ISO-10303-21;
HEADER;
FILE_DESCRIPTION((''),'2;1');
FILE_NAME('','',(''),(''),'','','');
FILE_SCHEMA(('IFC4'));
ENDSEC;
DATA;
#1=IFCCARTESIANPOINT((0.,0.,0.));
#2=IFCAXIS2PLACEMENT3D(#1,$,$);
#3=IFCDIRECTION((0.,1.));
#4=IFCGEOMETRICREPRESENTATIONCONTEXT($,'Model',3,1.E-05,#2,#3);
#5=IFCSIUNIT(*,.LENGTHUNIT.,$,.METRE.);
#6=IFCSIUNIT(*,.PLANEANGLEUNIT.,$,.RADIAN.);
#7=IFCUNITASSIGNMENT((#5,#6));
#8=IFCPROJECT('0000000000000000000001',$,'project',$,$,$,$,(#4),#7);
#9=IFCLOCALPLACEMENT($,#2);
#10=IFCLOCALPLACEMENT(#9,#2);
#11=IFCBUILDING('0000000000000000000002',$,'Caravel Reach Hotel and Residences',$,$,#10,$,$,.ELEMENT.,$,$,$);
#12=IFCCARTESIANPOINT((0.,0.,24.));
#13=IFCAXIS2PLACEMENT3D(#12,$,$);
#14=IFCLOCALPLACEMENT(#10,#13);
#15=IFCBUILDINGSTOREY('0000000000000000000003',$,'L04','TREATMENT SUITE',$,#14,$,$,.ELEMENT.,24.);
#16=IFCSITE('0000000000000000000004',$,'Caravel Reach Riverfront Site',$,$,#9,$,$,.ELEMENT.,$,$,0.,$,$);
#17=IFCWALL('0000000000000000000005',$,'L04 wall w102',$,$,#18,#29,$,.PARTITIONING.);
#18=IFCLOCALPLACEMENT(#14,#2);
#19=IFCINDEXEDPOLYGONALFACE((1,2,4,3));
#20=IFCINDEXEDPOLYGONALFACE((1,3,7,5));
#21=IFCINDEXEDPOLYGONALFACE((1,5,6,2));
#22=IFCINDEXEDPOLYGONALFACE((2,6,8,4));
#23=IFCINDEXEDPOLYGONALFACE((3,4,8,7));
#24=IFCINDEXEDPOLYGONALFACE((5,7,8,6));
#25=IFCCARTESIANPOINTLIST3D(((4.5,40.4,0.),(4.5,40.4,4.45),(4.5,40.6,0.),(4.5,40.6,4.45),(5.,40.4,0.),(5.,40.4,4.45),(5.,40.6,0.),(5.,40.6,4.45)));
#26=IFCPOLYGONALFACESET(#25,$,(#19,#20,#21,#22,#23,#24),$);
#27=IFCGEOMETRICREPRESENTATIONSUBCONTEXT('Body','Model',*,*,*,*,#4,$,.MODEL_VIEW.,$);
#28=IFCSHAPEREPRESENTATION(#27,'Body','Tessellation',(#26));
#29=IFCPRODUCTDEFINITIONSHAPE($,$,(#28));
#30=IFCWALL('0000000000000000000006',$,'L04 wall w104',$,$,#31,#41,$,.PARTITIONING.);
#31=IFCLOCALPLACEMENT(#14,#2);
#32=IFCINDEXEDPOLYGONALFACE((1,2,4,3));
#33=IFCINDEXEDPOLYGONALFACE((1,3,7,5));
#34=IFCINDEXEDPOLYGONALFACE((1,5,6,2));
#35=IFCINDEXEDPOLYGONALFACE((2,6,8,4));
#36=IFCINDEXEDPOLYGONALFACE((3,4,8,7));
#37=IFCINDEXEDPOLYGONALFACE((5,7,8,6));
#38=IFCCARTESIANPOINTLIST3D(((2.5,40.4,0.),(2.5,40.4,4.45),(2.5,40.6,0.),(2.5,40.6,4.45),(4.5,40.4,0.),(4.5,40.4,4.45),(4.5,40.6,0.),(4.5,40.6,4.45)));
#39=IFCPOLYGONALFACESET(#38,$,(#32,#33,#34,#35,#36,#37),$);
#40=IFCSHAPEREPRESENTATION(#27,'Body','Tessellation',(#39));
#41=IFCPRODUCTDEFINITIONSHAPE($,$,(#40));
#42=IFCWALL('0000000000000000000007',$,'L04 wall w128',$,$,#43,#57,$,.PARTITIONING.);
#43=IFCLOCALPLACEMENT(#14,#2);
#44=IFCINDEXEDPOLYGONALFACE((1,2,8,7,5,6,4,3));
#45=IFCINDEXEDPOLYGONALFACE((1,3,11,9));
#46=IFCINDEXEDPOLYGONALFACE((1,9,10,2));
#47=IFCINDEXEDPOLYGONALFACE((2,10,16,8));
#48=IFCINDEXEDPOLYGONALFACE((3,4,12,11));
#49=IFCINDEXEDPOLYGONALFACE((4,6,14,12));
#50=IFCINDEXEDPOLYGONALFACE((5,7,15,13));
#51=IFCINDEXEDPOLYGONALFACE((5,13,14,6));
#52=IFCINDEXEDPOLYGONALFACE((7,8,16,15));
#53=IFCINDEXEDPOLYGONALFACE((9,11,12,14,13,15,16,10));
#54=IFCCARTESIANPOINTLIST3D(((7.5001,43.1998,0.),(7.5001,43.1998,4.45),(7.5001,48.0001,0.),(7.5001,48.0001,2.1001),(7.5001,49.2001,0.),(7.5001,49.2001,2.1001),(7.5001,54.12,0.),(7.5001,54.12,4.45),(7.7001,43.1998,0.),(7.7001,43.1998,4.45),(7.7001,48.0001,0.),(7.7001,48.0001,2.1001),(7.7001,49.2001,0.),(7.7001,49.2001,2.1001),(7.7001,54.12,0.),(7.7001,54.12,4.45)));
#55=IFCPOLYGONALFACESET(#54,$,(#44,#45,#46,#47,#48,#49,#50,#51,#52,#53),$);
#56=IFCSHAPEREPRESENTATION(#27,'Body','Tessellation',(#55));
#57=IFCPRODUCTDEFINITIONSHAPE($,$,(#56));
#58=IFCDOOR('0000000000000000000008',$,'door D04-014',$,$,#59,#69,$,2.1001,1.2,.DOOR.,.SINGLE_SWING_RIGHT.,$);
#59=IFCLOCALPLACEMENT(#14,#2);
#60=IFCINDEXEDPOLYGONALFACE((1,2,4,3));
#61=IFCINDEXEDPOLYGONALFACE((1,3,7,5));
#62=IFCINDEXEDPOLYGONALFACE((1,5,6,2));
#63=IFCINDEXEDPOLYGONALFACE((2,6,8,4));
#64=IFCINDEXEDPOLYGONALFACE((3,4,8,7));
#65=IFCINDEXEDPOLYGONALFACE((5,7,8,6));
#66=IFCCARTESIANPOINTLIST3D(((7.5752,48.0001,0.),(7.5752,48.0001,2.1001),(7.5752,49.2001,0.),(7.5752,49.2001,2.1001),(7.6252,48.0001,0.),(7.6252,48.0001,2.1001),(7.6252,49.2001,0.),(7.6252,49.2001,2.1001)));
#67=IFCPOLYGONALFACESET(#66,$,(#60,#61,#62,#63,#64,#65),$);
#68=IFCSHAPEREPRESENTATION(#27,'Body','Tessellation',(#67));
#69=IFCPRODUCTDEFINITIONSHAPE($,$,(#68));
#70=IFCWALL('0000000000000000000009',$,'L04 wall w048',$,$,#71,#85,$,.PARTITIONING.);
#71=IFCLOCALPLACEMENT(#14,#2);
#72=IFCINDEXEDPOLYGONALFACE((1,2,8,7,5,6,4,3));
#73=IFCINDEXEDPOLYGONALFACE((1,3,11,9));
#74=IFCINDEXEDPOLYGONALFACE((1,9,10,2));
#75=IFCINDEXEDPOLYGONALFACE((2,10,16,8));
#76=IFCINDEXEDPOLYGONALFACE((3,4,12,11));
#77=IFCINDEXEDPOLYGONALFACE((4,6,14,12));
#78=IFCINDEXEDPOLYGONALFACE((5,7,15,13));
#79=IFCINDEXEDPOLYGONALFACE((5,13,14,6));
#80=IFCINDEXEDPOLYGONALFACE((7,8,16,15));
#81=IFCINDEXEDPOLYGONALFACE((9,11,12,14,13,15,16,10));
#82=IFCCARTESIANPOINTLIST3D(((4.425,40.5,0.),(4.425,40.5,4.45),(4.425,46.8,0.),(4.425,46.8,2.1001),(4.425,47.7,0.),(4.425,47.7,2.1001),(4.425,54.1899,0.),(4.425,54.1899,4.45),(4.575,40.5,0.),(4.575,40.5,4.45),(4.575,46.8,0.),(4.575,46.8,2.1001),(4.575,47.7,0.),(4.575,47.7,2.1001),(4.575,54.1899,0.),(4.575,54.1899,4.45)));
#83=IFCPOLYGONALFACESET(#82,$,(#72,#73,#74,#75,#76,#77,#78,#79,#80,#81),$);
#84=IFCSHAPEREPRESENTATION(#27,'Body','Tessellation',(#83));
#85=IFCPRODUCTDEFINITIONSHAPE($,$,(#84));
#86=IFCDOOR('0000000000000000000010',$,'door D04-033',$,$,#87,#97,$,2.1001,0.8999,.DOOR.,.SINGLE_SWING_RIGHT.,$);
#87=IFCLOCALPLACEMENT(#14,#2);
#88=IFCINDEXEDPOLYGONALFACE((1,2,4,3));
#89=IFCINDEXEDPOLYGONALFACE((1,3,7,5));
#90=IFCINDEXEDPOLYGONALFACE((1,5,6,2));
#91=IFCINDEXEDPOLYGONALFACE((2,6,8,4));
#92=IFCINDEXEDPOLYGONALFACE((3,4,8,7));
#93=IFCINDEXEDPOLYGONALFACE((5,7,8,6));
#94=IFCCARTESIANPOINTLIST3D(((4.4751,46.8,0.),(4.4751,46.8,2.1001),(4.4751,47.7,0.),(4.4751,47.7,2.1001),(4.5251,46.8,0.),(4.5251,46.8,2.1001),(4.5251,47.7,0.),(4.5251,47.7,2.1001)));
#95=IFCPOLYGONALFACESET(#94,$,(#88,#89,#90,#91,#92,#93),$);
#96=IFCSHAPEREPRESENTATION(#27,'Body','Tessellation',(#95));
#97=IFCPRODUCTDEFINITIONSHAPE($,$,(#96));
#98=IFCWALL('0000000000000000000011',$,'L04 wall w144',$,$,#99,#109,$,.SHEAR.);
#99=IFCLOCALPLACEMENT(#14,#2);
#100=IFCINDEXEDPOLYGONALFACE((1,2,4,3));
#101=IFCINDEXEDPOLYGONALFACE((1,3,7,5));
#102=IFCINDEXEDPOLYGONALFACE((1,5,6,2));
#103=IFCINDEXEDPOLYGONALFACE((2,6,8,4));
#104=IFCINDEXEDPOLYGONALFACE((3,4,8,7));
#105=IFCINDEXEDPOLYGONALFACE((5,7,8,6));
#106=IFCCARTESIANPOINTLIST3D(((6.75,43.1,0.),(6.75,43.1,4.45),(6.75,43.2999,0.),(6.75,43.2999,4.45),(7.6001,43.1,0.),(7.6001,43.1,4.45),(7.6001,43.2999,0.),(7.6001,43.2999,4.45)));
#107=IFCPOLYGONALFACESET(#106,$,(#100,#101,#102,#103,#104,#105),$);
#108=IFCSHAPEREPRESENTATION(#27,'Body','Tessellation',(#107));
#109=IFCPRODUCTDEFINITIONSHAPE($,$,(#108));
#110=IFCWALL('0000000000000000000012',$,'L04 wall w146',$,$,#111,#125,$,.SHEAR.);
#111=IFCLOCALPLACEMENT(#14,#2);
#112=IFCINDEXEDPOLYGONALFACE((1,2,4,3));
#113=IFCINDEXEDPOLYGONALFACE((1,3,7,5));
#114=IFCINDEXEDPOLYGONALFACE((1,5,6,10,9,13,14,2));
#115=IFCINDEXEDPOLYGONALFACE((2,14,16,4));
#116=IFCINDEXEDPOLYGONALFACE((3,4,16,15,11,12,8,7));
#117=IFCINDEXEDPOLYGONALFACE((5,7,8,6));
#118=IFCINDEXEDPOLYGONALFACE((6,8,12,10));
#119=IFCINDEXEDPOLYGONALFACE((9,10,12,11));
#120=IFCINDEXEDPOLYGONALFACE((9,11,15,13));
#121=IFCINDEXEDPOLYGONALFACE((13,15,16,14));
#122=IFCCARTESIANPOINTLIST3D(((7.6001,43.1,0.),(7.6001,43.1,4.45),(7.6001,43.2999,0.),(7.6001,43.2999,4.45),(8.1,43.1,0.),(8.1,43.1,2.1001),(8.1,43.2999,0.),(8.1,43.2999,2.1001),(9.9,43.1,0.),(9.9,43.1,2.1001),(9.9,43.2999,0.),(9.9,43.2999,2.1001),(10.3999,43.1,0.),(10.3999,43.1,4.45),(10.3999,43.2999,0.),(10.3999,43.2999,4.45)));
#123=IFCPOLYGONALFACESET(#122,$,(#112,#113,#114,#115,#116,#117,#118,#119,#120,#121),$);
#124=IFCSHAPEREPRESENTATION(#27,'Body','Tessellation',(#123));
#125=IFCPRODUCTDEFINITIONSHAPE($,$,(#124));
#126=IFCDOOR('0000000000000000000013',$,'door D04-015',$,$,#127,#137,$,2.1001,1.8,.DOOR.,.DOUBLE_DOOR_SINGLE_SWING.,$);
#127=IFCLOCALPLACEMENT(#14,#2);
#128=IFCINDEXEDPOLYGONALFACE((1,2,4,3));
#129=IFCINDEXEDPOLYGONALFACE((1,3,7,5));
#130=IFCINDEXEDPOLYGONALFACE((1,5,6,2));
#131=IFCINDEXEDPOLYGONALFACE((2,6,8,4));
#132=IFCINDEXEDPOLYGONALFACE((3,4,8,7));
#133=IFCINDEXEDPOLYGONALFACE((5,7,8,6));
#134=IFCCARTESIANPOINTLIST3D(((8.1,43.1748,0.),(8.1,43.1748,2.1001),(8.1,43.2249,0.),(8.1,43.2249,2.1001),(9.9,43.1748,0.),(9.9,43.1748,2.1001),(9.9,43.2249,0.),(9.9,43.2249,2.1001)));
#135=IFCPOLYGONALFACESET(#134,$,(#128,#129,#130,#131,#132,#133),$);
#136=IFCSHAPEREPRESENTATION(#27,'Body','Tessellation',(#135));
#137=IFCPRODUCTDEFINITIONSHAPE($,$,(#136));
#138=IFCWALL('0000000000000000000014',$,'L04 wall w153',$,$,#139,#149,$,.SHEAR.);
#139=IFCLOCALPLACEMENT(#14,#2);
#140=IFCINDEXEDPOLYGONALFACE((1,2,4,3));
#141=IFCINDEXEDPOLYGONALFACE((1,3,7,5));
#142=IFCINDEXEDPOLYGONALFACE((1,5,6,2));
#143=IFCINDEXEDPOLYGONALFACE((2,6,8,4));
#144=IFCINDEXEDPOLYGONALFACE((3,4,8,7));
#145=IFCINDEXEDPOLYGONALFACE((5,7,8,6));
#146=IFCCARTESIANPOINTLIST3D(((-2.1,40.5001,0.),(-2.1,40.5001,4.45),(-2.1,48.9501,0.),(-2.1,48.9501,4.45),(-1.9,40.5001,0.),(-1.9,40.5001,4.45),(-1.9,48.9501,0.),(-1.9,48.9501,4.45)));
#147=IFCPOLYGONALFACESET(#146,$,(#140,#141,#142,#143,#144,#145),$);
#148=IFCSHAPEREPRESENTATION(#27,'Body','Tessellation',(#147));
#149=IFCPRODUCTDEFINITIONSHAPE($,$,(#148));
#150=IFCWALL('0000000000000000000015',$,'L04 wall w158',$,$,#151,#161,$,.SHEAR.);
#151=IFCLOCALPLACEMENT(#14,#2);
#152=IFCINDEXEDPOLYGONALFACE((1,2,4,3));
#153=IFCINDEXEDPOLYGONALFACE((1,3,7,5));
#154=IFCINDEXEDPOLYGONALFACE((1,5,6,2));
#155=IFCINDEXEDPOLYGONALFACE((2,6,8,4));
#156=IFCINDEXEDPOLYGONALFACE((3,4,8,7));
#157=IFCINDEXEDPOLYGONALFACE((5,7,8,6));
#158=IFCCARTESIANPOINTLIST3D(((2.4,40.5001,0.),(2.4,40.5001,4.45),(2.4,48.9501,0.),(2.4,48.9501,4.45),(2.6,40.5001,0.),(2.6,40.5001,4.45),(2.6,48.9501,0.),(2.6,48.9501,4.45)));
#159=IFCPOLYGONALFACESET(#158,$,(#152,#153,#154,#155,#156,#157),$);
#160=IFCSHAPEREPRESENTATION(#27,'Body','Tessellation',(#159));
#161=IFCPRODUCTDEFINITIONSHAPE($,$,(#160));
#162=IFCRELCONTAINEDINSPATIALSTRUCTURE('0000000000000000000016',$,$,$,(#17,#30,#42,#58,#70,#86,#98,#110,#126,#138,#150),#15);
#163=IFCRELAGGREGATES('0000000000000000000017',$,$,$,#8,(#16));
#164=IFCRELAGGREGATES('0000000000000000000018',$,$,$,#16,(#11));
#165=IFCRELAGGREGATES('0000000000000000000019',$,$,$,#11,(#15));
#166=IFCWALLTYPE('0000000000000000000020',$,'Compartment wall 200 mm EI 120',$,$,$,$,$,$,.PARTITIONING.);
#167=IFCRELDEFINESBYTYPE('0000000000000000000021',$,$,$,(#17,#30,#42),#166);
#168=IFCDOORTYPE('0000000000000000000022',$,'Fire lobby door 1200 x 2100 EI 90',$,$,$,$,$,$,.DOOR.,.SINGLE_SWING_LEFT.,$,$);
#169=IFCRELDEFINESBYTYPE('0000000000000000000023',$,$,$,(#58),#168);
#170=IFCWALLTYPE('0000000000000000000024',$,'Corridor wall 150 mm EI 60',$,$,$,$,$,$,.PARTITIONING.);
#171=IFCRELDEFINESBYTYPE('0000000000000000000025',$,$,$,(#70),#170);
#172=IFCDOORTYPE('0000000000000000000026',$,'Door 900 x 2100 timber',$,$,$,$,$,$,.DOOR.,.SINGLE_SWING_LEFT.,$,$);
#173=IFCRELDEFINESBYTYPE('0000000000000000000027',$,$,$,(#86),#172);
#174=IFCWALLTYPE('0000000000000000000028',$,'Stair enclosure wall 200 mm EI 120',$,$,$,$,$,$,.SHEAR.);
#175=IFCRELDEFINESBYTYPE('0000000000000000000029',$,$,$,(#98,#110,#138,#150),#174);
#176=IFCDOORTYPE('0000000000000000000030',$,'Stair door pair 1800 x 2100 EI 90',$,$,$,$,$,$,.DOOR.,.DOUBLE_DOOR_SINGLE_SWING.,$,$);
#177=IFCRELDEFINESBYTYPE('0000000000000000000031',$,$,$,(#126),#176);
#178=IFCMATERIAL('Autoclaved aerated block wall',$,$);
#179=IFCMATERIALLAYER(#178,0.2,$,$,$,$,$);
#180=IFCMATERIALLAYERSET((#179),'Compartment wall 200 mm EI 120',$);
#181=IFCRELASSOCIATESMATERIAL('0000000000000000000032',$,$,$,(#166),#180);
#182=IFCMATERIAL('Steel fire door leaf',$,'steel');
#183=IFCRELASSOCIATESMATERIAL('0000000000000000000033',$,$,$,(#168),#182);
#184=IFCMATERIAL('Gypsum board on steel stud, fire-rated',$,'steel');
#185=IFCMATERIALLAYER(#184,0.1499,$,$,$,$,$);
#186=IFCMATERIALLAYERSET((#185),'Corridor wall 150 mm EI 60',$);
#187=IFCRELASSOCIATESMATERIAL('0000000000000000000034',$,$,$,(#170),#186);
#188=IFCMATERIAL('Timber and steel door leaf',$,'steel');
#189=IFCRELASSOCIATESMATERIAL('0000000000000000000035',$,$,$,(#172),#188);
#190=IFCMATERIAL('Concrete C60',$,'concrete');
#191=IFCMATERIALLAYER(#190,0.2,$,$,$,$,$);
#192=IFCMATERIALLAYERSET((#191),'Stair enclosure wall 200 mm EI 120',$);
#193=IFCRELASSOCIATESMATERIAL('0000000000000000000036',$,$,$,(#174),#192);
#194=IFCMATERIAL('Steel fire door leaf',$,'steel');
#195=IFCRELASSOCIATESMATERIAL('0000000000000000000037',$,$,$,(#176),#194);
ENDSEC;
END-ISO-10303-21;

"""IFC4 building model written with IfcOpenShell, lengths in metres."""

from ifc_helpers import new_model, si_unit, direction, frame, frame_2d, origin, place, context, subcontext, project, spatial, rectangle, extrude, material, layer, layer_set, type_object, element, fill, save


model = new_model("IFC4")

# Units and contexts
model_context = context("Model", 3, precision=1e-05, world=origin(), true_north=direction((0.0, 1.0)))
body_context = subcontext(model_context, "Body", "Model", "MODEL_VIEW")
ifc_project = project(units=[si_unit("LENGTHUNIT", "METRE"), si_unit("PLANEANGLEUNIT", "RADIAN")], contexts=[model_context])

# Site, building, storey
site_placement = place(None, origin())
site = spatial("IfcSite", under=ifc_project, at=site_placement, Name="Caravel Reach Riverfront Site", CompositionType="ELEMENT", RefElevation=0.0)
building_placement = place(site_placement, origin())
building = spatial("IfcBuilding", under=site, at=building_placement, Name="Caravel Reach Hotel and Residences", CompositionType="ELEMENT")
storey_placement = place(building_placement, frame((0.0, 0.0, 24.0)))
storey = spatial("IfcBuildingStorey", under=building, at=storey_placement, Name="L04", Description="TREATMENT SUITE", CompositionType="ELEMENT", Elevation=24.0)

# Walls
ifc_material_1 = material(Name="Autoclaved aerated block wall")
ifc_layer_1 = layer(ifc_material_1, 0.2)
ifc_layer_set_1 = layer_set([ifc_layer_1], Name="Compartment wall 200 mm EI 120")
wall_type_1 = type_object("IfcWallType", Name="Compartment wall 200 mm EI 120", PredefinedType="PARTITIONING", material=ifc_layer_set_1)
wall_1_placement = place(storey_placement, frame((4.5, 40.5, 0.0), z_axis=(0.0, 0.0, 1.0), x_axis=(1.0, 0.0, 0.0)))
element("IfcWall", 1, at=wall_1_placement, inside=storey, type_object=wall_type_1, Name="L04 wall w102", PredefinedType="PARTITIONING", context=body_context, shape_type="SweptSolid", body=[
    extrude(rectangle(XDim=0.5, YDim=0.2, at=frame_2d((0.25, 0.0))), origin(), (0.0, 0.0, 1.0), 4.45),
])
wall_2_placement = place(storey_placement, frame((2.5, 40.5, 0.0), z_axis=(0.0, 0.0, 1.0), x_axis=(1.0, 0.0, 0.0)))
element("IfcWall", 2, at=wall_2_placement, inside=storey, type_object=wall_type_1, Name="L04 wall w104", PredefinedType="PARTITIONING", context=body_context, shape_type="SweptSolid", body=[
    extrude(rectangle(XDim=2.0, YDim=0.2, at=frame_2d((1.0, 0.0))), origin(), (0.0, 0.0, 1.0), 4.45),
])

# Walls, openings, doors
wall_3_placement = place(storey_placement, frame((7.6001, 43.2, 0.0), z_axis=(0.0, 0.0, 1.0), x_axis=(0.0, 1.0, 0.0)))
wall_3 = element("IfcWall", 3, at=wall_3_placement, inside=storey, type_object=wall_type_1, Name="L04 wall w128", PredefinedType="PARTITIONING", context=body_context, shape_type="SweptSolid", body=[
    extrude(rectangle(XDim=10.9202, YDim=0.2, at=frame_2d((5.46, 0.0))), origin(), (0.0, 0.0, 1.0), 4.45),
])
opening_1_placement = place(wall_3_placement, frame((4.8, 0.0, 0.0)))
opening_1 = element("IfcOpeningElement", 4, at=opening_1_placement, cuts=wall_3, PredefinedType="OPENING", context=body_context, shape_type="SweptSolid", body=[
    extrude(rectangle(XDim=1.2, YDim=2.1001, at=frame_2d((0.6001, 1.05))), frame((0.0, 0.1099, 0.0), z_axis=(0.0, -1.0, 0.0), x_axis=(1.0, 0.0, 0.0)), (0.0, 0.0, 1.0), 0.22),
])
ifc_material_2 = material(Name="Steel fire door leaf", Category="steel")
door_type_1 = type_object("IfcDoorType", Name="Fire lobby door 1200 x 2100 EI 90", OperationType="SINGLE_SWING_LEFT", PredefinedType="DOOR", material=ifc_material_2)
door_1_placement = place(opening_1_placement, origin())
door_1 = element("IfcDoor", 5, at=door_1_placement, inside=storey, type_object=door_type_1, Name="door D04-014", OperationType="SINGLE_SWING_RIGHT", OverallHeight=2.1001, OverallWidth=1.2, PredefinedType="DOOR", context=body_context, shape_type="SweptSolid", body=[
    extrude(rectangle(XDim=1.2, YDim=2.1001, at=frame_2d((0.6001, 1.05))), frame((0.0, 0.0249, 0.0), z_axis=(0.0, -1.0, 0.0), x_axis=(1.0, 0.0, 0.0)), (0.0, 0.0, 1.0), 0.05),
])
fill(opening_1, door_1)
ifc_material_3 = material(Name="Gypsum board on steel stud, fire-rated", Category="steel")
ifc_layer_2 = layer(ifc_material_3, 0.1499)
ifc_layer_set_2 = layer_set([ifc_layer_2], Name="Corridor wall 150 mm EI 60")
wall_type_2 = type_object("IfcWallType", Name="Corridor wall 150 mm EI 60", PredefinedType="PARTITIONING", material=ifc_layer_set_2)
wall_4_placement = place(storey_placement, frame((4.5, 40.5, 0.0), z_axis=(0.0, 0.0, 1.0), x_axis=(0.0, 1.0, 0.0)))
wall_4 = element("IfcWall", 6, at=wall_4_placement, inside=storey, type_object=wall_type_2, Name="L04 wall w048", PredefinedType="PARTITIONING", context=body_context, shape_type="SweptSolid", body=[
    extrude(rectangle(XDim=13.6899, YDim=0.1499, at=frame_2d((6.845, 0.0))), origin(), (0.0, 0.0, 1.0), 4.45),
])
opening_2_placement = place(wall_4_placement, frame((6.3, 0.0, 0.0)))
opening_2 = element("IfcOpeningElement", 7, at=opening_2_placement, cuts=wall_4, PredefinedType="OPENING", context=body_context, shape_type="SweptSolid", body=[
    extrude(rectangle(XDim=0.8999, YDim=2.1001, at=frame_2d((0.45, 1.05))), frame((0.0, 0.085, 0.0), z_axis=(0.0, -1.0, 0.0), x_axis=(1.0, 0.0, 0.0)), (0.0, 0.0, 1.0), 0.1699),
])
ifc_material_4 = material(Name="Timber and steel door leaf", Category="steel")
door_type_2 = type_object("IfcDoorType", Name="Door 900 x 2100 timber", OperationType="SINGLE_SWING_LEFT", PredefinedType="DOOR", material=ifc_material_4)
door_2_placement = place(opening_2_placement, origin())
door_2 = element("IfcDoor", 8, at=door_2_placement, inside=storey, type_object=door_type_2, Name="door D04-033", OperationType="SINGLE_SWING_RIGHT", OverallHeight=2.1001, OverallWidth=0.8999, PredefinedType="DOOR", context=body_context, shape_type="SweptSolid", body=[
    extrude(rectangle(XDim=0.8999, YDim=2.1001, at=frame_2d((0.45, 1.05))), frame((0.0, 0.0249, 0.0), z_axis=(0.0, -1.0, 0.0), x_axis=(1.0, 0.0, 0.0)), (0.0, 0.0, 1.0), 0.05),
])
fill(opening_2, door_2)

# Wall
ifc_material_5 = material(Name="Concrete C60", Category="concrete")
ifc_layer_3 = layer(ifc_material_5, 0.2)
ifc_layer_set_3 = layer_set([ifc_layer_3], Name="Stair enclosure wall 200 mm EI 120")
wall_type_3 = type_object("IfcWallType", Name="Stair enclosure wall 200 mm EI 120", PredefinedType="SHEAR", material=ifc_layer_set_3)
wall_5_placement = place(storey_placement, frame((6.75, 43.2, 0.0), z_axis=(0.0, 0.0, 1.0), x_axis=(1.0, 0.0, 0.0)))
element("IfcWall", 9, at=wall_5_placement, inside=storey, type_object=wall_type_3, Name="L04 wall w144", PredefinedType="SHEAR", context=body_context, shape_type="SweptSolid", body=[
    extrude(rectangle(XDim=0.8501, YDim=0.2, at=frame_2d((0.425, 0.0))), origin(), (0.0, 0.0, 1.0), 4.45),
])

# Wall, opening, door
wall_6_placement = place(storey_placement, frame((7.6001, 43.2, 0.0), z_axis=(0.0, 0.0, 1.0), x_axis=(1.0, 0.0, 0.0)))
wall_6 = element("IfcWall", 10, at=wall_6_placement, inside=storey, type_object=wall_type_3, Name="L04 wall w146", PredefinedType="SHEAR", context=body_context, shape_type="SweptSolid", body=[
    extrude(rectangle(XDim=2.7998, YDim=0.2, at=frame_2d((1.3999, 0.0))), origin(), (0.0, 0.0, 1.0), 4.45),
])
opening_3_placement = place(wall_6_placement, frame((0.5, 0.0, 0.0)))
opening_3 = element("IfcOpeningElement", 11, at=opening_3_placement, cuts=wall_6, PredefinedType="OPENING", context=body_context, shape_type="SweptSolid", body=[
    extrude(rectangle(XDim=1.8, YDim=2.1001, at=frame_2d((0.8999, 1.05))), frame((0.0, 0.1099, 0.0), z_axis=(0.0, -1.0, 0.0), x_axis=(1.0, 0.0, 0.0)), (0.0, 0.0, 1.0), 0.22),
])
ifc_material_6 = material(Name="Steel fire door leaf", Category="steel")
door_type_3 = type_object("IfcDoorType", Name="Stair door pair 1800 x 2100 EI 90", OperationType="DOUBLE_DOOR_SINGLE_SWING", PredefinedType="DOOR", material=ifc_material_6)
door_3_placement = place(opening_3_placement, origin())
door_3 = element("IfcDoor", 12, at=door_3_placement, inside=storey, type_object=door_type_3, Name="door D04-015", OperationType="DOUBLE_DOOR_SINGLE_SWING", OverallHeight=2.1001, OverallWidth=1.8, PredefinedType="DOOR", context=body_context, shape_type="SweptSolid", body=[
    extrude(rectangle(XDim=1.8, YDim=2.1001, at=frame_2d((0.8999, 1.05))), frame((0.0, 0.0249, 0.0), z_axis=(0.0, -1.0, 0.0), x_axis=(1.0, 0.0, 0.0)), (0.0, 0.0, 1.0), 0.05),
])
fill(opening_3, door_3)

# Walls
for number, where, z_axis, x_axis, name in (
    (13, (-2.0, 40.5, 0.0), (0.0, 0.0, 1.0), (0.0, 1.0, 0.0), "L04 wall w153"),
    (14, (2.5, 40.5, 0.0), (0.0, 0.0, 1.0), (0.0, 1.0, 0.0), "L04 wall w158"),
):
    element("IfcWall", number, at=place(storey_placement, frame(where, z_axis=z_axis, x_axis=x_axis)), inside=storey, type_object=wall_type_3, Name=name, PredefinedType="SHEAR", context=body_context, shape_type="SweptSolid", body=[
        extrude(rectangle(XDim=8.45, YDim=0.2, at=frame_2d((4.2251, 0.0))), origin(), (0.0, 0.0, 1.0), 4.45),
    ])

save(model, "model.ifc")
